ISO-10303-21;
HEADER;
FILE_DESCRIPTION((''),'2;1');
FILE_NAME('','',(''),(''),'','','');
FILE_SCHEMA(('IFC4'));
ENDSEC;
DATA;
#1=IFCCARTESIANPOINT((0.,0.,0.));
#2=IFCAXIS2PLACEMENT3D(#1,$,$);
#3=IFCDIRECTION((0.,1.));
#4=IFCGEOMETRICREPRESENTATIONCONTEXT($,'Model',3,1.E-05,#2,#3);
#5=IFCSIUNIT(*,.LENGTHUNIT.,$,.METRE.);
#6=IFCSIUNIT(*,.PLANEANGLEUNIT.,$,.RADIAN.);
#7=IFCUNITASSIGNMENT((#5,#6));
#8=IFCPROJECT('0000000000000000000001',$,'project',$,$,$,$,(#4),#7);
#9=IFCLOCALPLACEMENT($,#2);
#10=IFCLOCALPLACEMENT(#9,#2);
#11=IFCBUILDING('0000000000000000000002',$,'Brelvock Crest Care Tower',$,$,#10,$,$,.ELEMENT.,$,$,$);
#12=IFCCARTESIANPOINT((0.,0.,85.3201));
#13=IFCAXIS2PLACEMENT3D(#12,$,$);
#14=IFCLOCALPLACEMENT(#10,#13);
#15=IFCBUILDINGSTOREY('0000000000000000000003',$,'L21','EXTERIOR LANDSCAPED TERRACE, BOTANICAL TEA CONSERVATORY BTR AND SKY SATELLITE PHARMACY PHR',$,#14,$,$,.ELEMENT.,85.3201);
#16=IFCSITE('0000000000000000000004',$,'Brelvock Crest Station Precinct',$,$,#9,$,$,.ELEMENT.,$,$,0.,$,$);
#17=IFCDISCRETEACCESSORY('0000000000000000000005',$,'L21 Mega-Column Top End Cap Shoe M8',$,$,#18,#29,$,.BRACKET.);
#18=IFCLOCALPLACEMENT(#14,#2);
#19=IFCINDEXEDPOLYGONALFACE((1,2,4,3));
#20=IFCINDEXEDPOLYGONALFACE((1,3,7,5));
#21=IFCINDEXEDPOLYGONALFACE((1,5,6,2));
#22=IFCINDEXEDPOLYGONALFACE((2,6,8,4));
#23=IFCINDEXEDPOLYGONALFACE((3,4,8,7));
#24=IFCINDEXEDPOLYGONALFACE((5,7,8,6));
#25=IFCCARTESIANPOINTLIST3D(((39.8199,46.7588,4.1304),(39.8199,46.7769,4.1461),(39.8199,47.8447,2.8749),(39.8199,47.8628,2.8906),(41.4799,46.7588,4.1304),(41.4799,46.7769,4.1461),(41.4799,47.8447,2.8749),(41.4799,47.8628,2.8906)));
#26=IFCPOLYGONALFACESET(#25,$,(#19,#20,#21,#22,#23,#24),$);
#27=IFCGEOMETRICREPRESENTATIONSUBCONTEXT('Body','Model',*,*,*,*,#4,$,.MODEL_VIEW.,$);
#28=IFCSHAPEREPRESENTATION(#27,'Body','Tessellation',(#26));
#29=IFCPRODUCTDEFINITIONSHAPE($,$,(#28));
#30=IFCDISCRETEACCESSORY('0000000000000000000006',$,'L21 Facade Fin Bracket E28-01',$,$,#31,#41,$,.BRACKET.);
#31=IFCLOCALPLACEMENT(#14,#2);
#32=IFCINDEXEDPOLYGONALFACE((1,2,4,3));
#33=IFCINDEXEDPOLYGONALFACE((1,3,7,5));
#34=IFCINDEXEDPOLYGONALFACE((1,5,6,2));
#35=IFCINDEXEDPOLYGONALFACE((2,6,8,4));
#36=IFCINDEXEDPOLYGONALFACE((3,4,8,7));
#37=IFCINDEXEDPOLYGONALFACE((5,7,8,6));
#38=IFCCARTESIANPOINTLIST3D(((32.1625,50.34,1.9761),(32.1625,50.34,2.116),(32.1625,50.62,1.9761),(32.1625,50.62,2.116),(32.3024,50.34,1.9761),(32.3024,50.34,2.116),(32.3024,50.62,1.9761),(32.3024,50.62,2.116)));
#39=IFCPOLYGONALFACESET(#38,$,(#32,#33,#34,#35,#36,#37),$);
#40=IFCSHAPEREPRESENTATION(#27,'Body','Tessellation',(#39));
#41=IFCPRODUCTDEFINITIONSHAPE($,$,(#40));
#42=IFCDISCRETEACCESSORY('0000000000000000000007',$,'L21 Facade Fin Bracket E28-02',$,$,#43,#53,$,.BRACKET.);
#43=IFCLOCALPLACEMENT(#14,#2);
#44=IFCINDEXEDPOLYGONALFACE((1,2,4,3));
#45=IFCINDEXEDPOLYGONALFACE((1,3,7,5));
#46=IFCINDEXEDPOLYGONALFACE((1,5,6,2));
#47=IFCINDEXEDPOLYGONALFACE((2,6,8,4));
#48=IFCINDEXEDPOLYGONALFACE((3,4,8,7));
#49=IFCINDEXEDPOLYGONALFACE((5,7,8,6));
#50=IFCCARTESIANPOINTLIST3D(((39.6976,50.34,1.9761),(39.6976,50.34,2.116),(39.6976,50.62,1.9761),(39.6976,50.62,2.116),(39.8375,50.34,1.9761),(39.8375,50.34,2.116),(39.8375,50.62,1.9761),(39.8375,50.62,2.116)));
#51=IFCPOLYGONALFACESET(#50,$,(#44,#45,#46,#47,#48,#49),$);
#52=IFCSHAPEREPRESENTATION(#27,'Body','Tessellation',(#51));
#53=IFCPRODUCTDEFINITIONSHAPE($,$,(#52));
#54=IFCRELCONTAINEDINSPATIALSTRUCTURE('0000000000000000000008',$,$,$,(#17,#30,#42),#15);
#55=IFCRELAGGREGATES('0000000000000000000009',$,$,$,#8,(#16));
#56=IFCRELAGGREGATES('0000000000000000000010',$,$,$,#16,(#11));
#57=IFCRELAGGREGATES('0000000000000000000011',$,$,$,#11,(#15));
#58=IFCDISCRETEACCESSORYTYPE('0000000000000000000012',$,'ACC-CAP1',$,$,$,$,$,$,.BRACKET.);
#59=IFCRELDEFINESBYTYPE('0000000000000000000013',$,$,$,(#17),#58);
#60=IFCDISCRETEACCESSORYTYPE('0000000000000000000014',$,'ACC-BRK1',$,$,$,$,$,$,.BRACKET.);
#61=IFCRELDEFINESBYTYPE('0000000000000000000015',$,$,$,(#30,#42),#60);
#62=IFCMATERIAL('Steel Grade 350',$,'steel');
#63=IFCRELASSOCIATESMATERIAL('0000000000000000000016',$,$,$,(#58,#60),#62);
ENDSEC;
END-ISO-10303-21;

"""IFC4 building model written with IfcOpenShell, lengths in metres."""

from ifc_helpers import new_model, si_unit, direction, frame, origin, origin_2d, place, context, subcontext, project, spatial, rectangle, extrude, source, transform, mapped, material, material_profile, profile_set, type_object, element, save


model = new_model("IFC4")

# Units and contexts
model_context = context("Model", 3, precision=1e-05, world=origin(), true_north=direction((0.0, 1.0)))
body_context = subcontext(model_context, "Body", "Model", "MODEL_VIEW")
ifc_project = project(units=[si_unit("LENGTHUNIT", "METRE"), si_unit("PLANEANGLEUNIT", "RADIAN")], contexts=[model_context])

# Site, building, storey
site_placement = place(None, origin())
site = spatial("IfcSite", under=ifc_project, at=site_placement, Name="Brelvock Crest Station Precinct", CompositionType="ELEMENT", RefElevation=0.0)
building_placement = place(site_placement, origin())
building = spatial("IfcBuilding", under=site, at=building_placement, Name="Brelvock Crest Care Tower", CompositionType="ELEMENT")
storey_placement = place(building_placement, frame((0.0, 0.0, 85.3201)))
storey = spatial("IfcBuildingStorey", under=building, at=storey_placement, Name="L21", Description="EXTERIOR LANDSCAPED TERRACE, BOTANICAL TEA CONSERVATORY BTR AND SKY SATELLITE PHARMACY PHR", CompositionType="ELEMENT", Elevation=85.3201)

# Shared definitions
ifc_material_1 = material(Name="Steel Grade 350", Category="steel")

# Discrete accessories
ifc_material_profile_1 = material_profile(ifc_material_1, rectangle(XDim=1.6599, YDim=1.6599, at=origin_2d()), Name="ACC-CAP1")
ifc_profile_set_1 = profile_set([ifc_material_profile_1], Name="Steel Grade 350")
discrete_accessory_type_1 = type_object("IfcDiscreteAccessoryType", Name="ACC-CAP1", PredefinedType="BRACKET", material=ifc_profile_set_1)
shared_shape_1 = source(origin(), body_context, "Body", "SweptSolid", [
    extrude(rectangle(XDim=1.6599, YDim=1.6599, at=origin_2d()), origin(), (0.0, 0.0, 1.0), 0.0239),
])
discrete_accessory_placement = place(storey_placement, frame((40.6499, 47.3018, 3.5027), z_axis=(0.0, 0.756363, 0.654152), x_axis=(-1.0, 0.0, 0.0)))
element("IfcDiscreteAccessory", 1, at=discrete_accessory_placement, inside=storey, type_object=discrete_accessory_type_1, Name="L21 Mega-Column Top End Cap Shoe M8", PredefinedType="BRACKET", context=body_context, shape_type="MappedRepresentation", body=[
    mapped(shared_shape_1, transform((0.0, 0.0, 0.0), x_axis=(1.0, 0.0, 0.0), y_axis=(0.0, 1.0, 0.0), z_axis=(0.0, 0.0, 1.0), scale=1.0)),
])
discrete_accessory_type_2 = type_object("IfcDiscreteAccessoryType", Name="ACC-BRK1", PredefinedType="BRACKET", material=ifc_material_1)
shared_shape_2 = source(origin(), body_context, "Body", "SweptSolid", [
    extrude(rectangle(XDim=0.28, YDim=0.1399, at=origin_2d()), origin(), (0.0, 0.0, 1.0), 0.1399),
])
for number, where, z_axis, x_axis, name in (
    (2, (32.2324, 50.48, 1.9761), (0.0, 0.0, 1.0), (0.0, 1.0, 0.0), "L21 Facade Fin Bracket E28-01"),
    (3, (39.7676, 50.48, 1.9761), (0.0, 0.0, 1.0), (0.0, 1.0, 0.0), "L21 Facade Fin Bracket E28-02"),
):
    element("IfcDiscreteAccessory", number, at=place(storey_placement, frame(where, z_axis=z_axis, x_axis=x_axis)), inside=storey, type_object=discrete_accessory_type_2, Name=name, PredefinedType="BRACKET", context=body_context, shape_type="MappedRepresentation", body=[
        mapped(shared_shape_2, transform((0.0, 0.0, 0.0), x_axis=(1.0, 0.0, 0.0), y_axis=(0.0, 1.0, 0.0), z_axis=(0.0, 0.0, 1.0), scale=1.0)),
    ])

save(model, "model.ifc")
